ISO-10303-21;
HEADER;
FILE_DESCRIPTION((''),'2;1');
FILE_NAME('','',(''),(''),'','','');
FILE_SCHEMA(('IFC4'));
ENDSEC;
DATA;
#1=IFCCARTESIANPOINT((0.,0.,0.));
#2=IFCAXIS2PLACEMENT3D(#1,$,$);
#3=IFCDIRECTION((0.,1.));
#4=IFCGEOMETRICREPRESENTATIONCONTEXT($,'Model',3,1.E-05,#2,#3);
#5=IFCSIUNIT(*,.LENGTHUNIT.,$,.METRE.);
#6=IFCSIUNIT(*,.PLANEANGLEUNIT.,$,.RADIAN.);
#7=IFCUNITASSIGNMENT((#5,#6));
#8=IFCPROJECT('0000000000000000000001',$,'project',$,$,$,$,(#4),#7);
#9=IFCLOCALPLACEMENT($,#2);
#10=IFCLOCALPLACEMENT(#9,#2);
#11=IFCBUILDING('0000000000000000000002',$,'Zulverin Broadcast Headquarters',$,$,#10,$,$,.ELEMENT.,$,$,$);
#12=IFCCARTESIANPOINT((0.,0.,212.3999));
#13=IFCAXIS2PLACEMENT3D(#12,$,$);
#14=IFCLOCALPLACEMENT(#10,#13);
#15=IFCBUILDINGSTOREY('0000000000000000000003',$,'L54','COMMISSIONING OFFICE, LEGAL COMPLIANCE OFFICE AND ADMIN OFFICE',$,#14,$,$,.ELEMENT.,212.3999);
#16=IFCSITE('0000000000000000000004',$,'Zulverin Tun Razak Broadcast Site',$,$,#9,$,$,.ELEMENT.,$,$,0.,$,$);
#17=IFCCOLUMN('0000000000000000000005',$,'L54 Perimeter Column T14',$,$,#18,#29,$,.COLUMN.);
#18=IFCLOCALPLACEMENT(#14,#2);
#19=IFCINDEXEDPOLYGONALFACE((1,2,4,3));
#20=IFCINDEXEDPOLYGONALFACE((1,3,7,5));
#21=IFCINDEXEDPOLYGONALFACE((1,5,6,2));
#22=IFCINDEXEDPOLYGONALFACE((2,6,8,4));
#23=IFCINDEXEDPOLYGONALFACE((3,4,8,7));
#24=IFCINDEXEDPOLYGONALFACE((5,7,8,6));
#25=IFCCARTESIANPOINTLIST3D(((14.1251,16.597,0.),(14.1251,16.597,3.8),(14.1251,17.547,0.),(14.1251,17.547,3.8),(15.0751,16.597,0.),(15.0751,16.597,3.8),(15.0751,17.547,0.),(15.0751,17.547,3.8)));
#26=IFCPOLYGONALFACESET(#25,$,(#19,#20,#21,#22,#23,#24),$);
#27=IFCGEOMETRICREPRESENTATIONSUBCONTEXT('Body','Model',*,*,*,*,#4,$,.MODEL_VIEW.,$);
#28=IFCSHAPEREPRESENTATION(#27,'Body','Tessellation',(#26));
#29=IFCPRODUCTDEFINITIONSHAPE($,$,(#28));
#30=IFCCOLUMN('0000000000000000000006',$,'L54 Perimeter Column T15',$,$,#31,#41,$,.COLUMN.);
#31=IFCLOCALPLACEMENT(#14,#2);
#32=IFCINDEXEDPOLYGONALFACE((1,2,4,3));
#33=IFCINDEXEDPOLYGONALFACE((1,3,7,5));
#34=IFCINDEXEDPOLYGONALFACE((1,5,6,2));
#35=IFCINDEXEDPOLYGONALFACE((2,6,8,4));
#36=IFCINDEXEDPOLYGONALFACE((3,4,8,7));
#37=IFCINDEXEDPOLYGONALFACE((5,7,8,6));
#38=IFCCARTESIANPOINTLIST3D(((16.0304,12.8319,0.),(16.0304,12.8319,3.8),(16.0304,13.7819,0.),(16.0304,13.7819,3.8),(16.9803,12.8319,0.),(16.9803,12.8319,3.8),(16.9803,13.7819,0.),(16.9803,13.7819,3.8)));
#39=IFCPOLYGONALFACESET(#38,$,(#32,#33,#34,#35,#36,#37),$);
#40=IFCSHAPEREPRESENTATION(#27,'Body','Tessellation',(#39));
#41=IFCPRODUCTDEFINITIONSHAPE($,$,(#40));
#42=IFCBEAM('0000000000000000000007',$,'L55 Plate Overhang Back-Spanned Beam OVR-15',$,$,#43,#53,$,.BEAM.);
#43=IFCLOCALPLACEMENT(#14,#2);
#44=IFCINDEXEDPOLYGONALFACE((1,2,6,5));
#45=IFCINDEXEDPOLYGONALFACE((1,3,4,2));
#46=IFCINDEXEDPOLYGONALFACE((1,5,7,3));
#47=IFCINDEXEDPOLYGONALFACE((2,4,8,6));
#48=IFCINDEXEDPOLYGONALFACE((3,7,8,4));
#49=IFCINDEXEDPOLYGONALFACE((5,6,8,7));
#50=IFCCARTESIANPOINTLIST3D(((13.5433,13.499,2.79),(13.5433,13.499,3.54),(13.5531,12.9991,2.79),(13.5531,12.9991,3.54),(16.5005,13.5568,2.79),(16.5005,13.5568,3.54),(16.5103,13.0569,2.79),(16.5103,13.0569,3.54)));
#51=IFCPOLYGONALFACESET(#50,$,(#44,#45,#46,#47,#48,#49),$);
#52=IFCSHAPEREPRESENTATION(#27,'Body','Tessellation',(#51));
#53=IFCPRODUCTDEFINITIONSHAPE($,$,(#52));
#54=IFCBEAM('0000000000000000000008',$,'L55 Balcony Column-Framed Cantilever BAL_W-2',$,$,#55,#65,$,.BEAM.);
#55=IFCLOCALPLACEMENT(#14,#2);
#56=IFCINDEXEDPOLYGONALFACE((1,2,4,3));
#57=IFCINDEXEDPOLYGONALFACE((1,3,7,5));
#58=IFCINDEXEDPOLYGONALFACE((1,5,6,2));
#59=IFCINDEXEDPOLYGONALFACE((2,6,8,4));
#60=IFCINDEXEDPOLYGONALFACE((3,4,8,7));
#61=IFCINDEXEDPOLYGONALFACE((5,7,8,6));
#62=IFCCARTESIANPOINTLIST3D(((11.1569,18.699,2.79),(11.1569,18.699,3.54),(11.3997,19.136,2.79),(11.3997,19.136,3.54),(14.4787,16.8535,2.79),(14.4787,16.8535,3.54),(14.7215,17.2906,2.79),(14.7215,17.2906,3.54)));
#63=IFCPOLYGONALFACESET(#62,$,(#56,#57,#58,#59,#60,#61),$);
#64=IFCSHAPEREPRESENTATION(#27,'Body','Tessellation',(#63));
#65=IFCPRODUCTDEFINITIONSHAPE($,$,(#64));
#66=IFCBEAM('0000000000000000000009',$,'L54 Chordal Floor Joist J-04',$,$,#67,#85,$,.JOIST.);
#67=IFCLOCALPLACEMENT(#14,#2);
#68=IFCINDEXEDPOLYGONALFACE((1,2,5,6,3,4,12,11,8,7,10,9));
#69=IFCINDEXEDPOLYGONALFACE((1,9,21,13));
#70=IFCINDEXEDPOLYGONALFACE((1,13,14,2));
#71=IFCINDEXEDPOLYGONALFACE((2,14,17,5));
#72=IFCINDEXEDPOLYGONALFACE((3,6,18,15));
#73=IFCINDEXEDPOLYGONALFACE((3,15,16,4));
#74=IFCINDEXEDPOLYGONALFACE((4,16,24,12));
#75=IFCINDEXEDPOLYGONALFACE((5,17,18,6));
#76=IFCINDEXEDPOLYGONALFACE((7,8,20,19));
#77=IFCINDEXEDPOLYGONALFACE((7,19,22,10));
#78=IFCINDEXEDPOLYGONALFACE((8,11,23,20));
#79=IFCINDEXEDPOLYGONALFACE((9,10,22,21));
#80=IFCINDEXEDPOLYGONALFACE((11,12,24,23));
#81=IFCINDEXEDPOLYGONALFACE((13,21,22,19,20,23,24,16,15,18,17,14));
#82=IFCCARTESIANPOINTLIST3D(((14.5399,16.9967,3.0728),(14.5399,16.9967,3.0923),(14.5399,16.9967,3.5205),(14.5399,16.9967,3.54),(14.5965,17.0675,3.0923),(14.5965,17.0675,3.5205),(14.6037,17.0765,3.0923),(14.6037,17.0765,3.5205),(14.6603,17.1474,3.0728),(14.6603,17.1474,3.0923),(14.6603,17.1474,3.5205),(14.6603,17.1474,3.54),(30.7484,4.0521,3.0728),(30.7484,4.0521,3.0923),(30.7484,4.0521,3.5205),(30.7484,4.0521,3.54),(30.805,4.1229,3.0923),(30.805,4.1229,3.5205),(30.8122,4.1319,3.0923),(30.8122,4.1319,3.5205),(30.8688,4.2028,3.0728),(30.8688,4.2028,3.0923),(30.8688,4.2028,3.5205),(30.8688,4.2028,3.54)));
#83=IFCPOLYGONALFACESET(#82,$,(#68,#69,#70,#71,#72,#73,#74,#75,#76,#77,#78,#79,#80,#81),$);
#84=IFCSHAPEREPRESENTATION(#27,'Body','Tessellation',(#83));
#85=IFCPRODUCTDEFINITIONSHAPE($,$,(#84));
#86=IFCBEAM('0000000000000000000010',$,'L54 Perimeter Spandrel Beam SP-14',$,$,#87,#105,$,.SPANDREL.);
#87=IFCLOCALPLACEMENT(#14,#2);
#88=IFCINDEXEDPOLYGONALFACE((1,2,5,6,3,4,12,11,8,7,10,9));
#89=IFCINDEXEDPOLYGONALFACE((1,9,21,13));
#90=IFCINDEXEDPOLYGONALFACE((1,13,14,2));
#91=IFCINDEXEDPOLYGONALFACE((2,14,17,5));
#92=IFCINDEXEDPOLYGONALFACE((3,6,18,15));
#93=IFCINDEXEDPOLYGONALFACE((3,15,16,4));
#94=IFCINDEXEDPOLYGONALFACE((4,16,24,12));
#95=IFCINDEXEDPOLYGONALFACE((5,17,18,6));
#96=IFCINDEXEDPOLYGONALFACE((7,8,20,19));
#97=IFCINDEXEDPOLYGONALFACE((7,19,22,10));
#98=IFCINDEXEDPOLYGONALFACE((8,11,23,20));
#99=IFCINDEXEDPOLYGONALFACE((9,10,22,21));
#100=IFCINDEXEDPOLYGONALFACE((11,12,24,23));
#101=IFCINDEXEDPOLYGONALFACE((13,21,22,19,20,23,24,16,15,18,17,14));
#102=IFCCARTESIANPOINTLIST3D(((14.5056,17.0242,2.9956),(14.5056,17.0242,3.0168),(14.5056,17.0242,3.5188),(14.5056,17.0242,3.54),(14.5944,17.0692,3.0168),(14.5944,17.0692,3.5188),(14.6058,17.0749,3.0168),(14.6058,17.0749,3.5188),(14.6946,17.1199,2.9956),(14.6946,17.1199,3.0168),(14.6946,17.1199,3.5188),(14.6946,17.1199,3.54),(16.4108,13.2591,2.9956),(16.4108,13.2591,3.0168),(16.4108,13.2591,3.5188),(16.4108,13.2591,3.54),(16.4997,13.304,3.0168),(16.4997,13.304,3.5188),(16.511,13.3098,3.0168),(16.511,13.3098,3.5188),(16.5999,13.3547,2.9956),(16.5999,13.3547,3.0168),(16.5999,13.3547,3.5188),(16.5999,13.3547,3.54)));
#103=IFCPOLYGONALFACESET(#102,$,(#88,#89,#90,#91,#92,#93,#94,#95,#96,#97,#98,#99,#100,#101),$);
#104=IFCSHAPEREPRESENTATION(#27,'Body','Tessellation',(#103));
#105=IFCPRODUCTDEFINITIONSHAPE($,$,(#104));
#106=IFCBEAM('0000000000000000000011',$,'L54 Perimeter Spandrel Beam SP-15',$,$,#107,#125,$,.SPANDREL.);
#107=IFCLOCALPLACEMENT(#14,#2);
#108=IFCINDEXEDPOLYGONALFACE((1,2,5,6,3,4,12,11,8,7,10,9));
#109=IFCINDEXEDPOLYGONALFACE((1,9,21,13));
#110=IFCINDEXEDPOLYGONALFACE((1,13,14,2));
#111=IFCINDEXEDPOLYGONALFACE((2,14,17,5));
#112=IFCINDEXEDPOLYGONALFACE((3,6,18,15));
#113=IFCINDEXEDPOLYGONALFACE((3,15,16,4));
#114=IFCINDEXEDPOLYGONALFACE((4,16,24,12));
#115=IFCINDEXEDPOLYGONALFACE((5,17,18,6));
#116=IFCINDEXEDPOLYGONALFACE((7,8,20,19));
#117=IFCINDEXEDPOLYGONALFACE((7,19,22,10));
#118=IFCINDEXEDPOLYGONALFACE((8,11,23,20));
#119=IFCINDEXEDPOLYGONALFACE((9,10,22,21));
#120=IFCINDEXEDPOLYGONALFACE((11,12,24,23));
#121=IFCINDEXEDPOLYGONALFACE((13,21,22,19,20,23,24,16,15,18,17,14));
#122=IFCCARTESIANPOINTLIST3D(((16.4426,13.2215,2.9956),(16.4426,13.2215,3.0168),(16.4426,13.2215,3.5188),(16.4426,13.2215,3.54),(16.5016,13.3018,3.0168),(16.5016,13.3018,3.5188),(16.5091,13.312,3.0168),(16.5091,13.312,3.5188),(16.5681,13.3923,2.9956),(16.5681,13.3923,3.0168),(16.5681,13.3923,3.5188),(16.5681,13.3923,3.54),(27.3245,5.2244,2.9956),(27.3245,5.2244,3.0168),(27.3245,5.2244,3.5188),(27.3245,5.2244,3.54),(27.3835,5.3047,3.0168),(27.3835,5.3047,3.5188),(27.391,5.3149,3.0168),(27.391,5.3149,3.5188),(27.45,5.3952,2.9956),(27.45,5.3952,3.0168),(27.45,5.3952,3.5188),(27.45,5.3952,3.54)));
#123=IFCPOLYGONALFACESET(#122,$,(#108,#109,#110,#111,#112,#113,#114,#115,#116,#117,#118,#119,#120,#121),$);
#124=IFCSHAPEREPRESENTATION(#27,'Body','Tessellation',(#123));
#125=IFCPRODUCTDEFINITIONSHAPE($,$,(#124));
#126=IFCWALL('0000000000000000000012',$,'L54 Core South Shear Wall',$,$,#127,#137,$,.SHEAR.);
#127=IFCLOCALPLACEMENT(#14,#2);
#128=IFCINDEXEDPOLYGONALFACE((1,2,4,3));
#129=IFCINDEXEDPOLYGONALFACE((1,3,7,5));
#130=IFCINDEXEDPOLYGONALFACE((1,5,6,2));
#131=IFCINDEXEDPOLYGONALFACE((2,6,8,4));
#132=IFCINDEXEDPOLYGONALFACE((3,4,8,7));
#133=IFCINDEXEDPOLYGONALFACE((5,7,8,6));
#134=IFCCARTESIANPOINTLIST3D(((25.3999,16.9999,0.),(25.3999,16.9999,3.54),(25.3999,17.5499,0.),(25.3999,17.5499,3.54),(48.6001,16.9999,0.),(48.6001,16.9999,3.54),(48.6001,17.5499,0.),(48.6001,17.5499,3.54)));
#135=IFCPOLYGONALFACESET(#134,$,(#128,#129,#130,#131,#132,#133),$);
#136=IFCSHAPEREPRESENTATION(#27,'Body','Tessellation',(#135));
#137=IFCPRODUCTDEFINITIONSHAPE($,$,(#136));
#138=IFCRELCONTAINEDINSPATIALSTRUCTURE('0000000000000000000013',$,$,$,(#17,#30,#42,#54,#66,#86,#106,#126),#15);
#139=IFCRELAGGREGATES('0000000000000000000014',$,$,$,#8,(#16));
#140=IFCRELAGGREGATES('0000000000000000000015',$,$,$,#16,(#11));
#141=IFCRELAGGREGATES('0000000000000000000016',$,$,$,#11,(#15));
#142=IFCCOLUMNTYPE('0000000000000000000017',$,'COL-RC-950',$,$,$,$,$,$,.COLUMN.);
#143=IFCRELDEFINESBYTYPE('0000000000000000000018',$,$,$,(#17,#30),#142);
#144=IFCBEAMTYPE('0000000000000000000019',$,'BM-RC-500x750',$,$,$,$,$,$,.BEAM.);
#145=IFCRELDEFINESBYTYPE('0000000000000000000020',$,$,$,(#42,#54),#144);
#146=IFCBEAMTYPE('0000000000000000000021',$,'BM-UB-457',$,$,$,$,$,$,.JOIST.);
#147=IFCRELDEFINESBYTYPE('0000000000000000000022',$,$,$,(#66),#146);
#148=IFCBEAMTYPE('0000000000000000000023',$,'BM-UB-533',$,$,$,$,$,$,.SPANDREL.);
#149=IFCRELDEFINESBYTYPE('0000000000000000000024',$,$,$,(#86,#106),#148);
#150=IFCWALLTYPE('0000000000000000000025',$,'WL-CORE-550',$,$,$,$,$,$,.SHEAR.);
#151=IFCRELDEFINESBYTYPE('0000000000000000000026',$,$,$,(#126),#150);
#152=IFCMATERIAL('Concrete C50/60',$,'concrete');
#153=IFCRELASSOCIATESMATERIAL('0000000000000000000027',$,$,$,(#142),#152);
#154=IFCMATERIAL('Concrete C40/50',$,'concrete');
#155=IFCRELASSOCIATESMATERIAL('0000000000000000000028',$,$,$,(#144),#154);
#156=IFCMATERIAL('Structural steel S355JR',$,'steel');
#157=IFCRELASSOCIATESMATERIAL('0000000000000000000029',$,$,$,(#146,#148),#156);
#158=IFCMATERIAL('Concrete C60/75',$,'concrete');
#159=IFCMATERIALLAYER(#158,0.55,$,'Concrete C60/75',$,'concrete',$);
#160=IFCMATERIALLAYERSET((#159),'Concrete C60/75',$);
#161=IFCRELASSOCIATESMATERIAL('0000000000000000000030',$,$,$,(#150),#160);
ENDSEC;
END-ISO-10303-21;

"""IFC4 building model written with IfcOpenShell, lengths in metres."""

from ifc_helpers import new_model, si_unit, direction, frame, frame_2d, origin, origin_2d, place, context, subcontext, project, spatial, rectangle, i_section, extrude, material, layer, layer_set, material_profile, profile_set, type_object, element, save


model = new_model("IFC4")

# Units and contexts
model_context = context("Model", 3, precision=1e-05, world=origin(), true_north=direction((0.0, 1.0)))
body_context = subcontext(model_context, "Body", "Model", "MODEL_VIEW")
ifc_project = project(units=[si_unit("LENGTHUNIT", "METRE"), si_unit("PLANEANGLEUNIT", "RADIAN")], contexts=[model_context])

# Site, building, storey
site_placement = place(None, origin())
site = spatial("IfcSite", under=ifc_project, at=site_placement, Name="Zulverin Tun Razak Broadcast Site", CompositionType="ELEMENT", RefElevation=0.0)
building_placement = place(site_placement, origin())
building = spatial("IfcBuilding", under=site, at=building_placement, Name="Zulverin Broadcast Headquarters", CompositionType="ELEMENT")
storey_placement = place(building_placement, frame((0.0, 0.0, 212.3999)))
storey = spatial("IfcBuildingStorey", under=building, at=storey_placement, Name="L54", Description="COMMISSIONING OFFICE, LEGAL COMPLIANCE OFFICE AND ADMIN OFFICE", CompositionType="ELEMENT", Elevation=212.3999)

# Columns
ifc_material_1 = material(Name="Concrete C50/60", Category="concrete")
ifc_material_profile_1 = material_profile(ifc_material_1, rectangle(XDim=0.95, YDim=0.95, at=origin_2d()), Name="Concrete C50/60", Category="concrete")
ifc_profile_set_1 = profile_set([ifc_material_profile_1], Name="Concrete C50/60")
column_type = type_object("IfcColumnType", Name="COL-RC-950", PredefinedType="COLUMN", material=ifc_profile_set_1)
for number, where, z_axis, x_axis, name in (
    (1, (14.6001, 17.072, 0.0), (0.0, 0.0, 1.0), (1.0, 0.0, 0.0), "L54 Perimeter Column T14"),
    (2, (16.5054, 13.3069, 0.0), (0.0, 0.0, 1.0), (1.0, 0.0, 0.0), "L54 Perimeter Column T15"),
):
    element("IfcColumn", number, at=place(storey_placement, frame(where, z_axis=z_axis, x_axis=x_axis)), inside=storey, type_object=column_type, Name=name, PredefinedType="COLUMN", context=body_context, shape_type="SweptSolid", body=[
        extrude(rectangle(XDim=0.95, YDim=0.95, at=origin_2d()), origin(), (0.0, 0.0, 1.0), 3.8),
    ])

# Beams
ifc_material_2 = material(Name="Concrete C40/50", Category="concrete")
ifc_material_profile_2 = material_profile(ifc_material_2, rectangle(XDim=0.5, YDim=0.75, at=origin_2d()), Name="Concrete C40/50", Category="concrete")
ifc_profile_set_2 = profile_set([ifc_material_profile_2], Name="Concrete C40/50")
beam_type_1 = type_object("IfcBeamType", Name="BM-RC-500x750", PredefinedType="BEAM", material=ifc_profile_set_2)
beam_1_placement = place(storey_placement, frame((16.5054, 13.3069, 3.165), z_axis=(-0.999809, -0.019562, 0.0), x_axis=(0.019562, -0.999809, 0.0)))
element("IfcBeam", 3, at=beam_1_placement, inside=storey, type_object=beam_type_1, Name="L55 Plate Overhang Back-Spanned Beam OVR-15", PredefinedType="BEAM", context=body_context, shape_type="SweptSolid", body=[
    extrude(rectangle(XDim=0.5, YDim=0.75, at=origin_2d()), origin(), (0.0, 0.0, 1.0), 2.9578),
])
beam_2_placement = place(storey_placement, frame((14.6001, 17.072, 3.165), z_axis=(-0.874154, 0.485648, 0.0), x_axis=(-0.485648, -0.874154, 0.0)))
element("IfcBeam", 4, at=beam_2_placement, inside=storey, type_object=beam_type_1, Name="L55 Balcony Column-Framed Cantilever BAL_W-2", PredefinedType="BEAM", context=body_context, shape_type="SweptSolid", body=[
    extrude(rectangle(XDim=0.5, YDim=0.75, at=origin_2d()), origin(), (0.0, 0.0, 1.0), 3.8),
])
ifc_material_3 = material(Name="Structural steel S355JR", Category="steel")
ifc_material_profile_3 = material_profile(ifc_material_3, i_section(OverallWidth=0.1929, OverallDepth=0.4673, WebThickness=0.0115, FlangeThickness=0.0195, at=origin_2d()), Name="Structural steel S355JR", Category="steel")
ifc_profile_set_3 = profile_set([ifc_material_profile_3], Name="Structural steel S355JR")
beam_type_2 = type_object("IfcBeamType", Name="BM-UB-457", PredefinedType="JOIST", material=ifc_profile_set_3)
beam_3_placement = place(storey_placement, frame((14.6001, 17.072, 3.3064), z_axis=(0.781391, -0.624042, 0.0), x_axis=(0.624042, 0.781391, 0.0)))
element("IfcBeam", 5, at=beam_3_placement, inside=storey, type_object=beam_type_2, Name="L54 Chordal Floor Joist J-04", PredefinedType="JOIST", context=body_context, shape_type="SweptSolid", body=[
    extrude(i_section(OverallWidth=0.1929, OverallDepth=0.4673, WebThickness=0.0115, FlangeThickness=0.0195, at=origin_2d()), origin(), (0.0, 0.0, 1.0), 20.7432),
])
ifc_material_profile_4 = material_profile(ifc_material_3, i_section(OverallWidth=0.2119, OverallDepth=0.5444, WebThickness=0.0127, FlangeThickness=0.0212, at=origin_2d()), Name="Structural steel S355JR", Category="steel")
ifc_profile_set_4 = profile_set([ifc_material_profile_4], Name="Structural steel S355JR")
beam_type_3 = type_object("IfcBeamType", Name="BM-UB-533", PredefinedType="SPANDREL", material=ifc_profile_set_4)
beam_4_placement = place(storey_placement, frame((14.6001, 17.072, 3.2678), z_axis=(0.451513, -0.892265, 0.0), x_axis=(0.892265, 0.451513, 0.0)))
element("IfcBeam", 6, at=beam_4_placement, inside=storey, type_object=beam_type_3, Name="L54 Perimeter Spandrel Beam SP-14", PredefinedType="SPANDREL", context=body_context, shape_type="SweptSolid", body=[
    extrude(i_section(OverallWidth=0.2119, OverallDepth=0.5444, WebThickness=0.0127, FlangeThickness=0.0212, at=origin_2d()), origin(), (0.0, 0.0, 1.0), 4.2197),
])
beam_5_placement = place(storey_placement, frame((16.5054, 13.3069, 3.2678), z_axis=(0.805802, -0.592185, 0.0), x_axis=(0.592185, 0.805802, 0.0)))
element("IfcBeam", 7, at=beam_5_placement, inside=storey, type_object=beam_type_3, Name="L54 Perimeter Spandrel Beam SP-15", PredefinedType="SPANDREL", context=body_context, shape_type="SweptSolid", body=[
    extrude(i_section(OverallWidth=0.2119, OverallDepth=0.5444, WebThickness=0.0127, FlangeThickness=0.0212, at=origin_2d()), origin(), (0.0, 0.0, 1.0), 13.5044),
])

# Wall
ifc_material_4 = material(Name="Concrete C60/75", Category="concrete")
ifc_layer_1 = layer(ifc_material_4, 0.55, Name="Concrete C60/75", Category="concrete")
ifc_layer_set_1 = layer_set([ifc_layer_1], Name="Concrete C60/75")
wall_type_1 = type_object("IfcWallType", Name="WL-CORE-550", PredefinedType="SHEAR", material=ifc_layer_set_1)
wall_1_placement = place(storey_placement, frame((25.3999, 17.2749, 0.0), z_axis=(0.0, 0.0, 1.0), x_axis=(1.0, 0.0, 0.0)))
element("IfcWall", 8, at=wall_1_placement, inside=storey, type_object=wall_type_1, Name="L54 Core South Shear Wall", PredefinedType="SHEAR", context=body_context, shape_type="SweptSolid", body=[
    extrude(rectangle(XDim=23.2002, YDim=0.55, at=frame_2d((11.6001, 0.0))), origin(), (0.0, 0.0, 1.0), 3.54),
])

save(model, "model.ifc")
